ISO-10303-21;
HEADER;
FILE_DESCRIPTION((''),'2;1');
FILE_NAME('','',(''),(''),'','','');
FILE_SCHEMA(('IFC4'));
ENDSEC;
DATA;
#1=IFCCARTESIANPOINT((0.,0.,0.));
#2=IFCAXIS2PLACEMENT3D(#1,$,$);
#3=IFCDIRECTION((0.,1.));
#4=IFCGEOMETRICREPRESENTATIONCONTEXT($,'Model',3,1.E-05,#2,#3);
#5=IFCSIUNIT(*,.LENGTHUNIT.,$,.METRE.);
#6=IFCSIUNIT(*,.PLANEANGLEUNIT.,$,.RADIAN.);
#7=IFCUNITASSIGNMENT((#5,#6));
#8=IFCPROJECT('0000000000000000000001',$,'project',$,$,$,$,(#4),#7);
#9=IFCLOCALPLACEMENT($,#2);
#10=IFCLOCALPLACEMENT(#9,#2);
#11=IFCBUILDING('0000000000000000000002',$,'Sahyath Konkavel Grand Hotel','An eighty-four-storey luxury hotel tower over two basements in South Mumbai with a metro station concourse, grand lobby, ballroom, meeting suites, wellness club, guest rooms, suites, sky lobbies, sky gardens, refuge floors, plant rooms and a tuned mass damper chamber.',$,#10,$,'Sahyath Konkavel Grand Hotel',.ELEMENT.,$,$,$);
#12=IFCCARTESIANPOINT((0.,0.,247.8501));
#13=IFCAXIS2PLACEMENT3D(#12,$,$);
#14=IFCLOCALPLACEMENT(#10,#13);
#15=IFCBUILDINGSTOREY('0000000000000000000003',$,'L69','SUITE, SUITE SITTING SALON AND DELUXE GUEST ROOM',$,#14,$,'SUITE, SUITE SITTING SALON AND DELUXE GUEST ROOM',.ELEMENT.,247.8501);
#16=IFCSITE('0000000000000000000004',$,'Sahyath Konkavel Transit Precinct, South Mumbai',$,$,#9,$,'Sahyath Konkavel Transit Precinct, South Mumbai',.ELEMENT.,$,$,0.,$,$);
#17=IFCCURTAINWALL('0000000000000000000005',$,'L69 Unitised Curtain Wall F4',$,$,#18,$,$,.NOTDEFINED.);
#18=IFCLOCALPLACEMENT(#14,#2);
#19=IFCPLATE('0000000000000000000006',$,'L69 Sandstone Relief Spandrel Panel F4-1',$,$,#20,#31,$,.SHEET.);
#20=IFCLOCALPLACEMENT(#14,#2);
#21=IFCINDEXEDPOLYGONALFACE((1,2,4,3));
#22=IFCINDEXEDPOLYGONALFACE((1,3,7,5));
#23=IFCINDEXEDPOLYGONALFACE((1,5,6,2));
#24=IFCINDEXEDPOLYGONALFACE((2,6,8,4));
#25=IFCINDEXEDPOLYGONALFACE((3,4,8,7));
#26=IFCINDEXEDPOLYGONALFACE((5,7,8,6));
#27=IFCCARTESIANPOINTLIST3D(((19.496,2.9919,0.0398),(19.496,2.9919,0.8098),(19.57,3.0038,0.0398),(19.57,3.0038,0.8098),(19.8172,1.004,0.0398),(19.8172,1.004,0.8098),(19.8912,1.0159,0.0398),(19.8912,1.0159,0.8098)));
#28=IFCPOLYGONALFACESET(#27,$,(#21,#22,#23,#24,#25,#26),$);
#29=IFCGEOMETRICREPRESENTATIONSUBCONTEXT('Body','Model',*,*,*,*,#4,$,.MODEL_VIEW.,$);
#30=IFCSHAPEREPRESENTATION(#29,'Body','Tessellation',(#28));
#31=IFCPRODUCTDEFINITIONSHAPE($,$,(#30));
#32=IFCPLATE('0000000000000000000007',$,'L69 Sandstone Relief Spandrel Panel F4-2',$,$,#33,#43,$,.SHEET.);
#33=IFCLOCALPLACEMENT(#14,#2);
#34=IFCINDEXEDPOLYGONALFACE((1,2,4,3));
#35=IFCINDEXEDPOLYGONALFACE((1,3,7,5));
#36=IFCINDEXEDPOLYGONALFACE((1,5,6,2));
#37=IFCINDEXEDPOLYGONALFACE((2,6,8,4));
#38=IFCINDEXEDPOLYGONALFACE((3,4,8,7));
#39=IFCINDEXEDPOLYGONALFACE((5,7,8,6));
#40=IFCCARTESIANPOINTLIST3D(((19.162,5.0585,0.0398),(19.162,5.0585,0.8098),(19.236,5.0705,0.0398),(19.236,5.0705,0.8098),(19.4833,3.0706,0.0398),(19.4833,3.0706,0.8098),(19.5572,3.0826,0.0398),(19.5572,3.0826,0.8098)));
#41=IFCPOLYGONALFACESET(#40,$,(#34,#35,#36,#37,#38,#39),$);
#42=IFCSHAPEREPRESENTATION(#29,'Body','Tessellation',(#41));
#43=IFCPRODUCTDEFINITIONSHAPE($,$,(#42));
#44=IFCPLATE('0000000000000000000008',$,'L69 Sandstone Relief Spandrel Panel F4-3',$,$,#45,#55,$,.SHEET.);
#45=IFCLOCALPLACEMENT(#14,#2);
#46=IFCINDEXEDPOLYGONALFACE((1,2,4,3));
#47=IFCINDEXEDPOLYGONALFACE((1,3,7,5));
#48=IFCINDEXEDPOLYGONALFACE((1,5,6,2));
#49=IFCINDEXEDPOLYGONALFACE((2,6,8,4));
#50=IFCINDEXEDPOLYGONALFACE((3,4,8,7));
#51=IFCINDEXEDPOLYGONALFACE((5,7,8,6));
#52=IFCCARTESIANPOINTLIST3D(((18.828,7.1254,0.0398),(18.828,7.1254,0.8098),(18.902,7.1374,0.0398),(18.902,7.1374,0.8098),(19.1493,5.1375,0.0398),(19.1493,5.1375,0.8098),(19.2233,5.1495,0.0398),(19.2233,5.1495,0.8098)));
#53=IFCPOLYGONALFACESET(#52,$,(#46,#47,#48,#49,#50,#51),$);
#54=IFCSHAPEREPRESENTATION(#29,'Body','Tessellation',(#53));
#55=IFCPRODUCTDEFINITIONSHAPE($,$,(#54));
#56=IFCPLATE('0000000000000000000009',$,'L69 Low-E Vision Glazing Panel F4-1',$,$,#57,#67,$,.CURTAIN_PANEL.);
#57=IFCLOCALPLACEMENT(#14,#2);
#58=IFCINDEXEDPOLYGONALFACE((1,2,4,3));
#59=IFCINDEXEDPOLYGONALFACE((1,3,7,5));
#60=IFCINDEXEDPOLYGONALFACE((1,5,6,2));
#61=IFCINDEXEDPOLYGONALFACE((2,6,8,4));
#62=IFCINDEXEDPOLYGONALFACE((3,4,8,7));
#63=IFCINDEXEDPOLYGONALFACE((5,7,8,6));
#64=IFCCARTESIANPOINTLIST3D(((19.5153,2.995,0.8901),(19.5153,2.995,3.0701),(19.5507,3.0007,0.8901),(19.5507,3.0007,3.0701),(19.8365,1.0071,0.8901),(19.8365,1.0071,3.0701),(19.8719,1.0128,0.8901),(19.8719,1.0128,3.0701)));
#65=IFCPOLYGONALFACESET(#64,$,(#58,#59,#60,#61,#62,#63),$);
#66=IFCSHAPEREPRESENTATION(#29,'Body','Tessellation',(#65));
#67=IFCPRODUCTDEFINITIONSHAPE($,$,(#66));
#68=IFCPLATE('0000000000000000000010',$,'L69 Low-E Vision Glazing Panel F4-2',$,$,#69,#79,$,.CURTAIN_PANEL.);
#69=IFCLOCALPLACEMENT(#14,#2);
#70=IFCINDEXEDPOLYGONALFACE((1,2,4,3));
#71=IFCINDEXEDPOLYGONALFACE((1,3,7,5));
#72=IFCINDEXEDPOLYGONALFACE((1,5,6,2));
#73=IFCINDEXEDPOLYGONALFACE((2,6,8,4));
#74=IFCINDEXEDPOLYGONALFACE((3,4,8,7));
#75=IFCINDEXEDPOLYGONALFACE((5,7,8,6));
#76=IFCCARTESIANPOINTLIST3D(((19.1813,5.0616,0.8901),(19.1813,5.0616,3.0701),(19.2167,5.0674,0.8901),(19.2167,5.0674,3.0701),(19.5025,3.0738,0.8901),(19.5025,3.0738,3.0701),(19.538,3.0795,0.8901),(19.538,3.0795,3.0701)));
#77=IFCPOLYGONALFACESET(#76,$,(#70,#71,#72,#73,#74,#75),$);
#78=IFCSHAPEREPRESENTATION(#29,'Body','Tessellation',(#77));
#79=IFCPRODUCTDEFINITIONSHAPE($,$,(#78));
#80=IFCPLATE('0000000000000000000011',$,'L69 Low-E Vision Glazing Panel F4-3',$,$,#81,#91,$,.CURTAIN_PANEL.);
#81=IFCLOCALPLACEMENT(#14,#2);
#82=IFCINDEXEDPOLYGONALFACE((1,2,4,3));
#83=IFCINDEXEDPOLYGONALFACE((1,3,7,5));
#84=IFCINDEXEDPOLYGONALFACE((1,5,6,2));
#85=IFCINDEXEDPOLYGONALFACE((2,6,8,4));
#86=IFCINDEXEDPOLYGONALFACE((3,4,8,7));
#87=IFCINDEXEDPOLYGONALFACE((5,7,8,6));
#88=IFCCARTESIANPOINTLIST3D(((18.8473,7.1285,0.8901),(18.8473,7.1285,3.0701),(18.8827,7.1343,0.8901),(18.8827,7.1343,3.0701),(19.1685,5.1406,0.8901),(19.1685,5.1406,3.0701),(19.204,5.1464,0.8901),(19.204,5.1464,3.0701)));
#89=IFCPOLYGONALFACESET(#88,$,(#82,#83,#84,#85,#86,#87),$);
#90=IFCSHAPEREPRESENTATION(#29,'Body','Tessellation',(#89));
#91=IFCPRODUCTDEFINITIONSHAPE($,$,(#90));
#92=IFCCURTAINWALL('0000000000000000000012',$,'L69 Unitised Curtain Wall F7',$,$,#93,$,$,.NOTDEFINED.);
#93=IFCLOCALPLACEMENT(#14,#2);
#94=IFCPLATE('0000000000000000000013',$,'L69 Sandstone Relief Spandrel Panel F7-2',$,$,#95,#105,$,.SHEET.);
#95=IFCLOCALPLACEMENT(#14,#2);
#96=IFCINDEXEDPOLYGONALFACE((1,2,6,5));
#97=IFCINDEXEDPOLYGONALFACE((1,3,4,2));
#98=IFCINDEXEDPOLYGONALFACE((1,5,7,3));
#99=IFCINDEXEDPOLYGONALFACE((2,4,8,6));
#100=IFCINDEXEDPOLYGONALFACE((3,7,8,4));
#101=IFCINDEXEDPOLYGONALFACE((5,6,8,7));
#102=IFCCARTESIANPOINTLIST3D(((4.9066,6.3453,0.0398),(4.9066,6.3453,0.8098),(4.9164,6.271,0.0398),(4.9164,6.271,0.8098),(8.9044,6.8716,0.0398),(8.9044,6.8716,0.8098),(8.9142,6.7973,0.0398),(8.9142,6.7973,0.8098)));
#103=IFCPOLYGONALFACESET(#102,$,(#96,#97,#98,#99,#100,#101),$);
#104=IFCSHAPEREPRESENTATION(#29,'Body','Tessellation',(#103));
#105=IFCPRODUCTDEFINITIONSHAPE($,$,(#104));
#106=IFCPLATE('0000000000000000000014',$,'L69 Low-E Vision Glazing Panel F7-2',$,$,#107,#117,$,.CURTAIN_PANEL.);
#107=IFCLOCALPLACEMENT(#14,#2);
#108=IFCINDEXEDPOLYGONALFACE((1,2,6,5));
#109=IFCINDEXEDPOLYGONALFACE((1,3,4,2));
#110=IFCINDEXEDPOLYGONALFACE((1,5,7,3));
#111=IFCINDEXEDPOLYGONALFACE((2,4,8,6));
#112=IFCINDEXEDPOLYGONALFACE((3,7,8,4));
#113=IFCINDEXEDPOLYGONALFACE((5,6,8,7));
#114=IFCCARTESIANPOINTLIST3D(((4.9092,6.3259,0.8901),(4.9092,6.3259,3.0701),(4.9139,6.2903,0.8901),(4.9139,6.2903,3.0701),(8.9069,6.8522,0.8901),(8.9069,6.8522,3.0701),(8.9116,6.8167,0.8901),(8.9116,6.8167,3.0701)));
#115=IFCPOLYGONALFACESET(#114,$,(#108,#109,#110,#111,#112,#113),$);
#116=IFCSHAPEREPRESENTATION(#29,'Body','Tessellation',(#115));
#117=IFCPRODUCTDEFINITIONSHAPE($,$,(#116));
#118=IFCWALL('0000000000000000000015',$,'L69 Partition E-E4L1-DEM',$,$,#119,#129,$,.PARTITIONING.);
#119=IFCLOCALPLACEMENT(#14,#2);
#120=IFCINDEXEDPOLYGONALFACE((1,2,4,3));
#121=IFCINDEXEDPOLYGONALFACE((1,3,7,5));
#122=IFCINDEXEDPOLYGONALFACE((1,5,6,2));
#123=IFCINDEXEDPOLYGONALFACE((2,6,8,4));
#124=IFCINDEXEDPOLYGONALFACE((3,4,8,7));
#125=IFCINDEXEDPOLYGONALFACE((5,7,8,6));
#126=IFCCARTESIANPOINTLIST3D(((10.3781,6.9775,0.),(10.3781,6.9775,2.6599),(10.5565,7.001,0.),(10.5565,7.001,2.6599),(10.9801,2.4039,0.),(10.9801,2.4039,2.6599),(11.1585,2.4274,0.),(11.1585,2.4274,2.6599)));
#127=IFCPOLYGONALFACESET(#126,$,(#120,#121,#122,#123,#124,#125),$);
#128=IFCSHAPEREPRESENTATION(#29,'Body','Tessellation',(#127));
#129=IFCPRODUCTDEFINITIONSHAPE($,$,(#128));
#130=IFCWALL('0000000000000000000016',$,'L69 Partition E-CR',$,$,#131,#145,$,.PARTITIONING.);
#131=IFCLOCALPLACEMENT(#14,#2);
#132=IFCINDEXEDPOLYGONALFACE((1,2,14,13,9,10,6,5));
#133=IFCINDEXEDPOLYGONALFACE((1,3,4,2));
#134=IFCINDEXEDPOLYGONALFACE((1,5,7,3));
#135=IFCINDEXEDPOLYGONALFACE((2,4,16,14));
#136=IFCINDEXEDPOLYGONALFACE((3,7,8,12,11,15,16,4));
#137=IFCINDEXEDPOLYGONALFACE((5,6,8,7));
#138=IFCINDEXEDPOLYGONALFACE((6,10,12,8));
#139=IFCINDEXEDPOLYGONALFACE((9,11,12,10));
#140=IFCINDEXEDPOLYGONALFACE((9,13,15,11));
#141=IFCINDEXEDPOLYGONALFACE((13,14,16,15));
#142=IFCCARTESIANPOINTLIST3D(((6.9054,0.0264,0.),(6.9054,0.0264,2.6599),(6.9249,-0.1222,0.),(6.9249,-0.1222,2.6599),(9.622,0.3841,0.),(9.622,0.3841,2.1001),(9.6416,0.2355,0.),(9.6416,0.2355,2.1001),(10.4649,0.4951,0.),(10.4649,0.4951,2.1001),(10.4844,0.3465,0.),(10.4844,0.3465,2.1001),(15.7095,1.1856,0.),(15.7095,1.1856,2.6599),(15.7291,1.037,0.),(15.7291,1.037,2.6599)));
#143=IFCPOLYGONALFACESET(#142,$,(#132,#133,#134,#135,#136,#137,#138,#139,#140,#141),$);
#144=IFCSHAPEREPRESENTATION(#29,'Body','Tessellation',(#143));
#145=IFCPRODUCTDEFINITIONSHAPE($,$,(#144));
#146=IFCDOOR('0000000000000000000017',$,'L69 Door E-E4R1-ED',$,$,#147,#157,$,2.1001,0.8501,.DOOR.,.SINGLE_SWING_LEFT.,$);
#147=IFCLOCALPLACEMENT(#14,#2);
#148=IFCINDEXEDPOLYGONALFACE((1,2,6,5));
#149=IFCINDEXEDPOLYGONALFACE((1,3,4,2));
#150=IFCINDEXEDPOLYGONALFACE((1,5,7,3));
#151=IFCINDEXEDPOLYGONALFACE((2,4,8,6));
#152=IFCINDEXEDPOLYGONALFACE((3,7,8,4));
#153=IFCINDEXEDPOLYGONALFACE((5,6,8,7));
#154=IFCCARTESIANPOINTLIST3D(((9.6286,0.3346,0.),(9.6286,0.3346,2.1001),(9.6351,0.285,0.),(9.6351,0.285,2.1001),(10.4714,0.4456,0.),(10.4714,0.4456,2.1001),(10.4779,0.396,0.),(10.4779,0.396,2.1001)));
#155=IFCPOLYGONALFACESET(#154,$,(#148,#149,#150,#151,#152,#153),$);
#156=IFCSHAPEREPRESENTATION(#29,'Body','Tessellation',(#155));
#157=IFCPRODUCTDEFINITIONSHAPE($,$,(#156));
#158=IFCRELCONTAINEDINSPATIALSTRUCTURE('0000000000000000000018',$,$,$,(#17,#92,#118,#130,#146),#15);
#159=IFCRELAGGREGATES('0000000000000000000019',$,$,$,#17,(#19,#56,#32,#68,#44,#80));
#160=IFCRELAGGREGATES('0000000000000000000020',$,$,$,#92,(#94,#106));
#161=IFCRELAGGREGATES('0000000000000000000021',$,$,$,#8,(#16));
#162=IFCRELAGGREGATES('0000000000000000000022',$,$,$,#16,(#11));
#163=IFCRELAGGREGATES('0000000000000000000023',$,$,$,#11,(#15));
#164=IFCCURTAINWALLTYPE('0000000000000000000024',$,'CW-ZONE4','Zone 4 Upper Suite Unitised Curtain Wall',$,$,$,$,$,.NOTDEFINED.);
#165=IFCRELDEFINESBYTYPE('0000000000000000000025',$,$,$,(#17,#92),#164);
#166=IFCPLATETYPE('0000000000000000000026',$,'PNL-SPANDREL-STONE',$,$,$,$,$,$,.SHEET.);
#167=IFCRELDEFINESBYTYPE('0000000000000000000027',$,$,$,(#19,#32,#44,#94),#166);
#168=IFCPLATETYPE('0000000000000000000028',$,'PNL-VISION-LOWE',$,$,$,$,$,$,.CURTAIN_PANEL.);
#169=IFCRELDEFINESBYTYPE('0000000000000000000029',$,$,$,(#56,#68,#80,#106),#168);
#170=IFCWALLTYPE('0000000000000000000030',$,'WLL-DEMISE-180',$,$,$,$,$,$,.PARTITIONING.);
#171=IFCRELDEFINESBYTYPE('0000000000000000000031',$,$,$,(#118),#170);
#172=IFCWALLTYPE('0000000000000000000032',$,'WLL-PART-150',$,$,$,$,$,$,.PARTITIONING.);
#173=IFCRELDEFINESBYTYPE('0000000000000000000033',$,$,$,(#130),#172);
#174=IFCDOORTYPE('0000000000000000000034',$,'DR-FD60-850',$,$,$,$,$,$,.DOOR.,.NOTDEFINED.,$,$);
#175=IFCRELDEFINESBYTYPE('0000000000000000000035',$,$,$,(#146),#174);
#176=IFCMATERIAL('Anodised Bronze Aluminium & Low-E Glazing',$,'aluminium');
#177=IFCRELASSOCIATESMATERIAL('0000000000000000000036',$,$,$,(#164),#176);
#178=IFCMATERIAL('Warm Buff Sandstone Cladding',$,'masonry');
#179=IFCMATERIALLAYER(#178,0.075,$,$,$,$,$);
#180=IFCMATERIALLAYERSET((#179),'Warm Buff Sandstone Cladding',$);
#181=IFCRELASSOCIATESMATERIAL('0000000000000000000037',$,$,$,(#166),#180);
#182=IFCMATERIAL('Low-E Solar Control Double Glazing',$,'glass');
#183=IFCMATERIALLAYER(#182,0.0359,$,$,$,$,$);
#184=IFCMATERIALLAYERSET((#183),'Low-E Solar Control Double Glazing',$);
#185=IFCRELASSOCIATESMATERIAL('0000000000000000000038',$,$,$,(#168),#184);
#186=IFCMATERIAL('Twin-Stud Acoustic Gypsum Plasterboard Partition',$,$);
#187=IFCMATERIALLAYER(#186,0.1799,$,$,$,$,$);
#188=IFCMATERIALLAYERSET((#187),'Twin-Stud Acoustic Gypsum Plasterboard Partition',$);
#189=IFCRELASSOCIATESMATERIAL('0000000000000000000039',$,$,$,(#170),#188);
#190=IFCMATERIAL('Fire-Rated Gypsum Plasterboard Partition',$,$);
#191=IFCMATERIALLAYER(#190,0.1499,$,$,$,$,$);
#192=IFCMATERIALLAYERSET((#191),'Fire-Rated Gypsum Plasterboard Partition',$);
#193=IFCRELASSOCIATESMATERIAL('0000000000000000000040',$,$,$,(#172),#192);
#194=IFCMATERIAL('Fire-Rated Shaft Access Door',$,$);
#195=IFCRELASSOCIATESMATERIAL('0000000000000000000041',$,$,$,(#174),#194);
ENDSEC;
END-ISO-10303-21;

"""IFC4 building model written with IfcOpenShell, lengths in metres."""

from ifc_helpers import new_model, si_unit, direction, frame, frame_2d, origin, origin_2d, place, context, subcontext, project, spatial, rectangle, extrude, source, transform, mapped, material, layer, layer_set, type_object, element, fill, aggregate, save


model = new_model("IFC4")

# Units and contexts
model_context = context("Model", 3, precision=1e-05, world=origin(), true_north=direction((0.0, 1.0)))
body_context = subcontext(model_context, "Body", "Model", "MODEL_VIEW")
ifc_project = project(units=[si_unit("LENGTHUNIT", "METRE"), si_unit("PLANEANGLEUNIT", "RADIAN")], contexts=[model_context])

# Site, building, storey
site_placement = place(None, origin())
site = spatial("IfcSite", under=ifc_project, at=site_placement, Name="Sahyath Konkavel Transit Precinct, South Mumbai", LongName="Sahyath Konkavel Transit Precinct, South Mumbai", CompositionType="ELEMENT", RefElevation=0.0)
building_placement = place(site_placement, origin())
building = spatial("IfcBuilding", under=site, at=building_placement, Name="Sahyath Konkavel Grand Hotel", Description="An eighty-four-storey luxury hotel tower over two basements in South Mumbai with a metro station concourse, grand lobby, ballroom, meeting suites, wellness club, guest rooms, suites, sky lobbies, sky gardens, refuge floors, plant rooms and a tuned mass damper chamber.", LongName="Sahyath Konkavel Grand Hotel", CompositionType="ELEMENT")
storey_placement = place(building_placement, frame((0.0, 0.0, 247.8501)))
storey = spatial("IfcBuildingStorey", under=building, at=storey_placement, Name="L69", Description="SUITE, SUITE SITTING SALON AND DELUXE GUEST ROOM", LongName="SUITE, SUITE SITTING SALON AND DELUXE GUEST ROOM", CompositionType="ELEMENT", Elevation=247.8501)

# Curtain wall
ifc_material_1 = material(Name="Anodised Bronze Aluminium & Low-E Glazing", Category="aluminium")
curtain_wall_type = type_object("IfcCurtainWallType", Name="CW-ZONE4", Description="Zone 4 Upper Suite Unitised Curtain Wall", PredefinedType="NOTDEFINED", material=ifc_material_1)
curtain_wall_1_placement = place(storey_placement, origin())
curtain_wall_1 = element("IfcCurtainWall", 1, at=curtain_wall_1_placement, inside=storey, type_object=curtain_wall_type, Name="L69 Unitised Curtain Wall F4", PredefinedType="NOTDEFINED")

# Plates
ifc_material_2 = material(Name="Warm Buff Sandstone Cladding", Category="masonry")
ifc_layer_1 = layer(ifc_material_2, 0.075)
ifc_layer_set_1 = layer_set([ifc_layer_1], Name="Warm Buff Sandstone Cladding")
plate_type_1 = type_object("IfcPlateType", Name="PNL-SPANDREL-STONE", PredefinedType="SHEET", material=ifc_layer_set_1)
shared_shape_1 = source(origin(), body_context, "Body", "SweptSolid", [
    extrude(rectangle(XDim=2.0137, YDim=0.075, at=origin_2d()), origin(), (0.0, 0.0, 1.0), 0.77),
])
plate_1_placement = place(storey_placement, frame((19.6936, 2.0039, 0.0398), z_axis=(0.0, 0.0, 1.0), x_axis=(-0.159537, 0.987192, 0.0)))
plate_1 = element("IfcPlate", 2, at=plate_1_placement, type_object=plate_type_1, Name="L69 Sandstone Relief Spandrel Panel F4-1", PredefinedType="SHEET", context=body_context, shape_type="MappedRepresentation", body=[
    mapped(shared_shape_1, transform((0.0, 0.0, 0.0), scale=1.0)),
])
plate_2_placement = place(storey_placement, frame((19.3596, 4.0706, 0.0398), z_axis=(0.0, 0.0, 1.0), x_axis=(-0.159537, 0.987192, 0.0)))
plate_2 = element("IfcPlate", 3, at=plate_2_placement, type_object=plate_type_1, Name="L69 Sandstone Relief Spandrel Panel F4-2", PredefinedType="SHEET", context=body_context, shape_type="MappedRepresentation", body=[
    mapped(shared_shape_1, transform((0.0, 0.0, 0.0), scale=1.0)),
])
plate_3_placement = place(storey_placement, frame((19.0256, 6.1375, 0.0398), z_axis=(0.0, 0.0, 1.0), x_axis=(-0.159537, 0.987192, 0.0)))
plate_3 = element("IfcPlate", 4, at=plate_3_placement, type_object=plate_type_1, Name="L69 Sandstone Relief Spandrel Panel F4-3", PredefinedType="SHEET", context=body_context, shape_type="MappedRepresentation", body=[
    mapped(shared_shape_1, transform((0.0, 0.0, 0.0), scale=1.0)),
])
ifc_material_3 = material(Name="Low-E Solar Control Double Glazing", Category="glass")
ifc_layer_2 = layer(ifc_material_3, 0.0359)
ifc_layer_set_2 = layer_set([ifc_layer_2], Name="Low-E Solar Control Double Glazing")
plate_type_2 = type_object("IfcPlateType", Name="PNL-VISION-LOWE", PredefinedType="CURTAIN_PANEL", material=ifc_layer_set_2)
shared_shape_2 = source(origin(), body_context, "Body", "SweptSolid", [
    extrude(rectangle(XDim=2.0137, YDim=0.0359, at=origin_2d()), origin(), (0.0, 0.0, 1.0), 2.1799),
])
plate_4_placement = place(storey_placement, frame((19.6936, 2.0039, 0.8901), z_axis=(0.0, 0.0, 1.0), x_axis=(-0.159537, 0.987192, 0.0)))
plate_4 = element("IfcPlate", 5, at=plate_4_placement, type_object=plate_type_2, Name="L69 Low-E Vision Glazing Panel F4-1", PredefinedType="CURTAIN_PANEL", context=body_context, shape_type="MappedRepresentation", body=[
    mapped(shared_shape_2, transform((0.0, 0.0, 0.0), scale=1.0)),
])
plate_5_placement = place(storey_placement, frame((19.3596, 4.0706, 0.8901), z_axis=(0.0, 0.0, 1.0), x_axis=(-0.159537, 0.987192, 0.0)))
plate_5 = element("IfcPlate", 6, at=plate_5_placement, type_object=plate_type_2, Name="L69 Low-E Vision Glazing Panel F4-2", PredefinedType="CURTAIN_PANEL", context=body_context, shape_type="MappedRepresentation", body=[
    mapped(shared_shape_2, transform((0.0, 0.0, 0.0), scale=1.0)),
])
plate_6_placement = place(storey_placement, frame((19.0256, 6.1375, 0.8901), z_axis=(0.0, 0.0, 1.0), x_axis=(-0.159537, 0.987192, 0.0)))
plate_6 = element("IfcPlate", 7, at=plate_6_placement, type_object=plate_type_2, Name="L69 Low-E Vision Glazing Panel F4-3", PredefinedType="CURTAIN_PANEL", context=body_context, shape_type="MappedRepresentation", body=[
    mapped(shared_shape_2, transform((0.0, 0.0, 0.0), scale=1.0)),
])
aggregate(curtain_wall_1, [plate_1, plate_4, plate_2, plate_5, plate_3, plate_6])

# Curtain wall, plates
curtain_wall_2_placement = place(storey_placement, origin())
curtain_wall_2 = element("IfcCurtainWall", 8, at=curtain_wall_2_placement, inside=storey, type_object=curtain_wall_type, Name="L69 Unitised Curtain Wall F7", PredefinedType="NOTDEFINED")
shared_shape_3 = source(origin(), body_context, "Body", "SweptSolid", [
    extrude(rectangle(XDim=4.0322, YDim=0.075, at=origin_2d()), origin(), (0.0, 0.0, 1.0), 0.77),
])
plate_7_placement = place(storey_placement, frame((6.9104, 6.5713, 0.0398), z_axis=(0.0, 0.0, 1.0), x_axis=(-0.991445, -0.130526, 0.0)))
plate_7 = element("IfcPlate", 9, at=plate_7_placement, type_object=plate_type_1, Name="L69 Sandstone Relief Spandrel Panel F7-2", PredefinedType="SHEET", context=body_context, shape_type="MappedRepresentation", body=[
    mapped(shared_shape_3, transform((0.0, 0.0, 0.0), scale=1.0)),
])
shared_shape_4 = source(origin(), body_context, "Body", "SweptSolid", [
    extrude(rectangle(XDim=4.0322, YDim=0.0359, at=origin_2d()), origin(), (0.0, 0.0, 1.0), 2.1799),
])
plate_8_placement = place(storey_placement, frame((6.9104, 6.5713, 0.8901), z_axis=(0.0, 0.0, 1.0), x_axis=(-0.991445, -0.130526, 0.0)))
plate_8 = element("IfcPlate", 10, at=plate_8_placement, type_object=plate_type_2, Name="L69 Low-E Vision Glazing Panel F7-2", PredefinedType="CURTAIN_PANEL", context=body_context, shape_type="MappedRepresentation", body=[
    mapped(shared_shape_4, transform((0.0, 0.0, 0.0), scale=1.0)),
])
aggregate(curtain_wall_2, [plate_7, plate_8])

# Wall
ifc_material_4 = material(Name="Twin-Stud Acoustic Gypsum Plasterboard Partition")
ifc_layer_3 = layer(ifc_material_4, 0.1799)
ifc_layer_set_3 = layer_set([ifc_layer_3], Name="Twin-Stud Acoustic Gypsum Plasterboard Partition")
wall_type_1 = type_object("IfcWallType", Name="WLL-DEMISE-180", PredefinedType="PARTITIONING", material=ifc_layer_set_3)
wall_1_placement = place(storey_placement, frame((11.0693, 2.4155, 0.0), z_axis=(0.0, 0.0, 1.0), x_axis=(-0.130513, 0.991447, 0.0)))
element("IfcWall", 11, at=wall_1_placement, inside=storey, type_object=wall_type_1, Name="L69 Partition E-E4L1-DEM", PredefinedType="PARTITIONING", context=body_context, shape_type="SweptSolid", body=[
    extrude(rectangle(XDim=4.613, YDim=0.1799, at=frame_2d((2.3066, 0.0))), origin(), (0.0, 0.0, 1.0), 2.6599),
])

# Wall, opening, door
ifc_material_5 = material(Name="Fire-Rated Gypsum Plasterboard Partition")
ifc_layer_4 = layer(ifc_material_5, 0.1499)
ifc_layer_set_4 = layer_set([ifc_layer_4], Name="Fire-Rated Gypsum Plasterboard Partition")
wall_type_2 = type_object("IfcWallType", Name="WLL-PART-150", PredefinedType="PARTITIONING", material=ifc_layer_set_4)
wall_2_placement = place(storey_placement, frame((6.9153, -0.0479, 0.0), z_axis=(0.0, 0.0, 1.0), x_axis=(0.991444, 0.130536, 0.0)))
wall_2 = element("IfcWall", 12, at=wall_2_placement, inside=storey, type_object=wall_type_2, Name="L69 Partition E-CR", PredefinedType="PARTITIONING", context=body_context, shape_type="SweptSolid", body=[
    extrude(rectangle(XDim=8.8801, YDim=0.1499, at=frame_2d((4.4399, 0.0))), origin(), (0.0, 0.0, 1.0), 2.6599),
])
opening_1_placement = place(wall_2_placement, frame((2.74, 0.0, 0.0)))
opening_1 = element("IfcOpeningElement", 13, at=opening_1_placement, cuts=wall_2, PredefinedType="OPENING", context=body_context, shape_type="SweptSolid", body=[
    extrude(rectangle(XDim=0.8501, YDim=2.1001, at=frame_2d((0.425, 1.05))), frame((0.0, 0.085, 0.0), z_axis=(0.0, -1.0, 0.0), x_axis=(1.0, 0.0, 0.0)), (0.0, 0.0, 1.0), 0.1699),
])
ifc_material_6 = material(Name="Fire-Rated Shaft Access Door")
door_type_1 = type_object("IfcDoorType", Name="DR-FD60-850", OperationType="NOTDEFINED", PredefinedType="DOOR", material=ifc_material_6)
shared_shape_5 = source(origin(), body_context, "Body", "SweptSolid", [
    extrude(rectangle(XDim=0.8501, YDim=0.05, at=origin_2d()), origin(), (0.0, 0.0, 1.0), 2.1001),
])
door_1_placement = place(opening_1_placement, frame((0.425, 0.0, 0.0)))
door_1 = element("IfcDoor", 14, at=door_1_placement, inside=storey, type_object=door_type_1, Name="L69 Door E-E4R1-ED", OperationType="SINGLE_SWING_LEFT", OverallHeight=2.1001, OverallWidth=0.8501, PredefinedType="DOOR", context=body_context, shape_type="MappedRepresentation", body=[
    mapped(shared_shape_5, transform((0.0, 0.0, 0.0), scale=1.0)),
])
fill(opening_1, door_1)

save(model, "model.ifc")
